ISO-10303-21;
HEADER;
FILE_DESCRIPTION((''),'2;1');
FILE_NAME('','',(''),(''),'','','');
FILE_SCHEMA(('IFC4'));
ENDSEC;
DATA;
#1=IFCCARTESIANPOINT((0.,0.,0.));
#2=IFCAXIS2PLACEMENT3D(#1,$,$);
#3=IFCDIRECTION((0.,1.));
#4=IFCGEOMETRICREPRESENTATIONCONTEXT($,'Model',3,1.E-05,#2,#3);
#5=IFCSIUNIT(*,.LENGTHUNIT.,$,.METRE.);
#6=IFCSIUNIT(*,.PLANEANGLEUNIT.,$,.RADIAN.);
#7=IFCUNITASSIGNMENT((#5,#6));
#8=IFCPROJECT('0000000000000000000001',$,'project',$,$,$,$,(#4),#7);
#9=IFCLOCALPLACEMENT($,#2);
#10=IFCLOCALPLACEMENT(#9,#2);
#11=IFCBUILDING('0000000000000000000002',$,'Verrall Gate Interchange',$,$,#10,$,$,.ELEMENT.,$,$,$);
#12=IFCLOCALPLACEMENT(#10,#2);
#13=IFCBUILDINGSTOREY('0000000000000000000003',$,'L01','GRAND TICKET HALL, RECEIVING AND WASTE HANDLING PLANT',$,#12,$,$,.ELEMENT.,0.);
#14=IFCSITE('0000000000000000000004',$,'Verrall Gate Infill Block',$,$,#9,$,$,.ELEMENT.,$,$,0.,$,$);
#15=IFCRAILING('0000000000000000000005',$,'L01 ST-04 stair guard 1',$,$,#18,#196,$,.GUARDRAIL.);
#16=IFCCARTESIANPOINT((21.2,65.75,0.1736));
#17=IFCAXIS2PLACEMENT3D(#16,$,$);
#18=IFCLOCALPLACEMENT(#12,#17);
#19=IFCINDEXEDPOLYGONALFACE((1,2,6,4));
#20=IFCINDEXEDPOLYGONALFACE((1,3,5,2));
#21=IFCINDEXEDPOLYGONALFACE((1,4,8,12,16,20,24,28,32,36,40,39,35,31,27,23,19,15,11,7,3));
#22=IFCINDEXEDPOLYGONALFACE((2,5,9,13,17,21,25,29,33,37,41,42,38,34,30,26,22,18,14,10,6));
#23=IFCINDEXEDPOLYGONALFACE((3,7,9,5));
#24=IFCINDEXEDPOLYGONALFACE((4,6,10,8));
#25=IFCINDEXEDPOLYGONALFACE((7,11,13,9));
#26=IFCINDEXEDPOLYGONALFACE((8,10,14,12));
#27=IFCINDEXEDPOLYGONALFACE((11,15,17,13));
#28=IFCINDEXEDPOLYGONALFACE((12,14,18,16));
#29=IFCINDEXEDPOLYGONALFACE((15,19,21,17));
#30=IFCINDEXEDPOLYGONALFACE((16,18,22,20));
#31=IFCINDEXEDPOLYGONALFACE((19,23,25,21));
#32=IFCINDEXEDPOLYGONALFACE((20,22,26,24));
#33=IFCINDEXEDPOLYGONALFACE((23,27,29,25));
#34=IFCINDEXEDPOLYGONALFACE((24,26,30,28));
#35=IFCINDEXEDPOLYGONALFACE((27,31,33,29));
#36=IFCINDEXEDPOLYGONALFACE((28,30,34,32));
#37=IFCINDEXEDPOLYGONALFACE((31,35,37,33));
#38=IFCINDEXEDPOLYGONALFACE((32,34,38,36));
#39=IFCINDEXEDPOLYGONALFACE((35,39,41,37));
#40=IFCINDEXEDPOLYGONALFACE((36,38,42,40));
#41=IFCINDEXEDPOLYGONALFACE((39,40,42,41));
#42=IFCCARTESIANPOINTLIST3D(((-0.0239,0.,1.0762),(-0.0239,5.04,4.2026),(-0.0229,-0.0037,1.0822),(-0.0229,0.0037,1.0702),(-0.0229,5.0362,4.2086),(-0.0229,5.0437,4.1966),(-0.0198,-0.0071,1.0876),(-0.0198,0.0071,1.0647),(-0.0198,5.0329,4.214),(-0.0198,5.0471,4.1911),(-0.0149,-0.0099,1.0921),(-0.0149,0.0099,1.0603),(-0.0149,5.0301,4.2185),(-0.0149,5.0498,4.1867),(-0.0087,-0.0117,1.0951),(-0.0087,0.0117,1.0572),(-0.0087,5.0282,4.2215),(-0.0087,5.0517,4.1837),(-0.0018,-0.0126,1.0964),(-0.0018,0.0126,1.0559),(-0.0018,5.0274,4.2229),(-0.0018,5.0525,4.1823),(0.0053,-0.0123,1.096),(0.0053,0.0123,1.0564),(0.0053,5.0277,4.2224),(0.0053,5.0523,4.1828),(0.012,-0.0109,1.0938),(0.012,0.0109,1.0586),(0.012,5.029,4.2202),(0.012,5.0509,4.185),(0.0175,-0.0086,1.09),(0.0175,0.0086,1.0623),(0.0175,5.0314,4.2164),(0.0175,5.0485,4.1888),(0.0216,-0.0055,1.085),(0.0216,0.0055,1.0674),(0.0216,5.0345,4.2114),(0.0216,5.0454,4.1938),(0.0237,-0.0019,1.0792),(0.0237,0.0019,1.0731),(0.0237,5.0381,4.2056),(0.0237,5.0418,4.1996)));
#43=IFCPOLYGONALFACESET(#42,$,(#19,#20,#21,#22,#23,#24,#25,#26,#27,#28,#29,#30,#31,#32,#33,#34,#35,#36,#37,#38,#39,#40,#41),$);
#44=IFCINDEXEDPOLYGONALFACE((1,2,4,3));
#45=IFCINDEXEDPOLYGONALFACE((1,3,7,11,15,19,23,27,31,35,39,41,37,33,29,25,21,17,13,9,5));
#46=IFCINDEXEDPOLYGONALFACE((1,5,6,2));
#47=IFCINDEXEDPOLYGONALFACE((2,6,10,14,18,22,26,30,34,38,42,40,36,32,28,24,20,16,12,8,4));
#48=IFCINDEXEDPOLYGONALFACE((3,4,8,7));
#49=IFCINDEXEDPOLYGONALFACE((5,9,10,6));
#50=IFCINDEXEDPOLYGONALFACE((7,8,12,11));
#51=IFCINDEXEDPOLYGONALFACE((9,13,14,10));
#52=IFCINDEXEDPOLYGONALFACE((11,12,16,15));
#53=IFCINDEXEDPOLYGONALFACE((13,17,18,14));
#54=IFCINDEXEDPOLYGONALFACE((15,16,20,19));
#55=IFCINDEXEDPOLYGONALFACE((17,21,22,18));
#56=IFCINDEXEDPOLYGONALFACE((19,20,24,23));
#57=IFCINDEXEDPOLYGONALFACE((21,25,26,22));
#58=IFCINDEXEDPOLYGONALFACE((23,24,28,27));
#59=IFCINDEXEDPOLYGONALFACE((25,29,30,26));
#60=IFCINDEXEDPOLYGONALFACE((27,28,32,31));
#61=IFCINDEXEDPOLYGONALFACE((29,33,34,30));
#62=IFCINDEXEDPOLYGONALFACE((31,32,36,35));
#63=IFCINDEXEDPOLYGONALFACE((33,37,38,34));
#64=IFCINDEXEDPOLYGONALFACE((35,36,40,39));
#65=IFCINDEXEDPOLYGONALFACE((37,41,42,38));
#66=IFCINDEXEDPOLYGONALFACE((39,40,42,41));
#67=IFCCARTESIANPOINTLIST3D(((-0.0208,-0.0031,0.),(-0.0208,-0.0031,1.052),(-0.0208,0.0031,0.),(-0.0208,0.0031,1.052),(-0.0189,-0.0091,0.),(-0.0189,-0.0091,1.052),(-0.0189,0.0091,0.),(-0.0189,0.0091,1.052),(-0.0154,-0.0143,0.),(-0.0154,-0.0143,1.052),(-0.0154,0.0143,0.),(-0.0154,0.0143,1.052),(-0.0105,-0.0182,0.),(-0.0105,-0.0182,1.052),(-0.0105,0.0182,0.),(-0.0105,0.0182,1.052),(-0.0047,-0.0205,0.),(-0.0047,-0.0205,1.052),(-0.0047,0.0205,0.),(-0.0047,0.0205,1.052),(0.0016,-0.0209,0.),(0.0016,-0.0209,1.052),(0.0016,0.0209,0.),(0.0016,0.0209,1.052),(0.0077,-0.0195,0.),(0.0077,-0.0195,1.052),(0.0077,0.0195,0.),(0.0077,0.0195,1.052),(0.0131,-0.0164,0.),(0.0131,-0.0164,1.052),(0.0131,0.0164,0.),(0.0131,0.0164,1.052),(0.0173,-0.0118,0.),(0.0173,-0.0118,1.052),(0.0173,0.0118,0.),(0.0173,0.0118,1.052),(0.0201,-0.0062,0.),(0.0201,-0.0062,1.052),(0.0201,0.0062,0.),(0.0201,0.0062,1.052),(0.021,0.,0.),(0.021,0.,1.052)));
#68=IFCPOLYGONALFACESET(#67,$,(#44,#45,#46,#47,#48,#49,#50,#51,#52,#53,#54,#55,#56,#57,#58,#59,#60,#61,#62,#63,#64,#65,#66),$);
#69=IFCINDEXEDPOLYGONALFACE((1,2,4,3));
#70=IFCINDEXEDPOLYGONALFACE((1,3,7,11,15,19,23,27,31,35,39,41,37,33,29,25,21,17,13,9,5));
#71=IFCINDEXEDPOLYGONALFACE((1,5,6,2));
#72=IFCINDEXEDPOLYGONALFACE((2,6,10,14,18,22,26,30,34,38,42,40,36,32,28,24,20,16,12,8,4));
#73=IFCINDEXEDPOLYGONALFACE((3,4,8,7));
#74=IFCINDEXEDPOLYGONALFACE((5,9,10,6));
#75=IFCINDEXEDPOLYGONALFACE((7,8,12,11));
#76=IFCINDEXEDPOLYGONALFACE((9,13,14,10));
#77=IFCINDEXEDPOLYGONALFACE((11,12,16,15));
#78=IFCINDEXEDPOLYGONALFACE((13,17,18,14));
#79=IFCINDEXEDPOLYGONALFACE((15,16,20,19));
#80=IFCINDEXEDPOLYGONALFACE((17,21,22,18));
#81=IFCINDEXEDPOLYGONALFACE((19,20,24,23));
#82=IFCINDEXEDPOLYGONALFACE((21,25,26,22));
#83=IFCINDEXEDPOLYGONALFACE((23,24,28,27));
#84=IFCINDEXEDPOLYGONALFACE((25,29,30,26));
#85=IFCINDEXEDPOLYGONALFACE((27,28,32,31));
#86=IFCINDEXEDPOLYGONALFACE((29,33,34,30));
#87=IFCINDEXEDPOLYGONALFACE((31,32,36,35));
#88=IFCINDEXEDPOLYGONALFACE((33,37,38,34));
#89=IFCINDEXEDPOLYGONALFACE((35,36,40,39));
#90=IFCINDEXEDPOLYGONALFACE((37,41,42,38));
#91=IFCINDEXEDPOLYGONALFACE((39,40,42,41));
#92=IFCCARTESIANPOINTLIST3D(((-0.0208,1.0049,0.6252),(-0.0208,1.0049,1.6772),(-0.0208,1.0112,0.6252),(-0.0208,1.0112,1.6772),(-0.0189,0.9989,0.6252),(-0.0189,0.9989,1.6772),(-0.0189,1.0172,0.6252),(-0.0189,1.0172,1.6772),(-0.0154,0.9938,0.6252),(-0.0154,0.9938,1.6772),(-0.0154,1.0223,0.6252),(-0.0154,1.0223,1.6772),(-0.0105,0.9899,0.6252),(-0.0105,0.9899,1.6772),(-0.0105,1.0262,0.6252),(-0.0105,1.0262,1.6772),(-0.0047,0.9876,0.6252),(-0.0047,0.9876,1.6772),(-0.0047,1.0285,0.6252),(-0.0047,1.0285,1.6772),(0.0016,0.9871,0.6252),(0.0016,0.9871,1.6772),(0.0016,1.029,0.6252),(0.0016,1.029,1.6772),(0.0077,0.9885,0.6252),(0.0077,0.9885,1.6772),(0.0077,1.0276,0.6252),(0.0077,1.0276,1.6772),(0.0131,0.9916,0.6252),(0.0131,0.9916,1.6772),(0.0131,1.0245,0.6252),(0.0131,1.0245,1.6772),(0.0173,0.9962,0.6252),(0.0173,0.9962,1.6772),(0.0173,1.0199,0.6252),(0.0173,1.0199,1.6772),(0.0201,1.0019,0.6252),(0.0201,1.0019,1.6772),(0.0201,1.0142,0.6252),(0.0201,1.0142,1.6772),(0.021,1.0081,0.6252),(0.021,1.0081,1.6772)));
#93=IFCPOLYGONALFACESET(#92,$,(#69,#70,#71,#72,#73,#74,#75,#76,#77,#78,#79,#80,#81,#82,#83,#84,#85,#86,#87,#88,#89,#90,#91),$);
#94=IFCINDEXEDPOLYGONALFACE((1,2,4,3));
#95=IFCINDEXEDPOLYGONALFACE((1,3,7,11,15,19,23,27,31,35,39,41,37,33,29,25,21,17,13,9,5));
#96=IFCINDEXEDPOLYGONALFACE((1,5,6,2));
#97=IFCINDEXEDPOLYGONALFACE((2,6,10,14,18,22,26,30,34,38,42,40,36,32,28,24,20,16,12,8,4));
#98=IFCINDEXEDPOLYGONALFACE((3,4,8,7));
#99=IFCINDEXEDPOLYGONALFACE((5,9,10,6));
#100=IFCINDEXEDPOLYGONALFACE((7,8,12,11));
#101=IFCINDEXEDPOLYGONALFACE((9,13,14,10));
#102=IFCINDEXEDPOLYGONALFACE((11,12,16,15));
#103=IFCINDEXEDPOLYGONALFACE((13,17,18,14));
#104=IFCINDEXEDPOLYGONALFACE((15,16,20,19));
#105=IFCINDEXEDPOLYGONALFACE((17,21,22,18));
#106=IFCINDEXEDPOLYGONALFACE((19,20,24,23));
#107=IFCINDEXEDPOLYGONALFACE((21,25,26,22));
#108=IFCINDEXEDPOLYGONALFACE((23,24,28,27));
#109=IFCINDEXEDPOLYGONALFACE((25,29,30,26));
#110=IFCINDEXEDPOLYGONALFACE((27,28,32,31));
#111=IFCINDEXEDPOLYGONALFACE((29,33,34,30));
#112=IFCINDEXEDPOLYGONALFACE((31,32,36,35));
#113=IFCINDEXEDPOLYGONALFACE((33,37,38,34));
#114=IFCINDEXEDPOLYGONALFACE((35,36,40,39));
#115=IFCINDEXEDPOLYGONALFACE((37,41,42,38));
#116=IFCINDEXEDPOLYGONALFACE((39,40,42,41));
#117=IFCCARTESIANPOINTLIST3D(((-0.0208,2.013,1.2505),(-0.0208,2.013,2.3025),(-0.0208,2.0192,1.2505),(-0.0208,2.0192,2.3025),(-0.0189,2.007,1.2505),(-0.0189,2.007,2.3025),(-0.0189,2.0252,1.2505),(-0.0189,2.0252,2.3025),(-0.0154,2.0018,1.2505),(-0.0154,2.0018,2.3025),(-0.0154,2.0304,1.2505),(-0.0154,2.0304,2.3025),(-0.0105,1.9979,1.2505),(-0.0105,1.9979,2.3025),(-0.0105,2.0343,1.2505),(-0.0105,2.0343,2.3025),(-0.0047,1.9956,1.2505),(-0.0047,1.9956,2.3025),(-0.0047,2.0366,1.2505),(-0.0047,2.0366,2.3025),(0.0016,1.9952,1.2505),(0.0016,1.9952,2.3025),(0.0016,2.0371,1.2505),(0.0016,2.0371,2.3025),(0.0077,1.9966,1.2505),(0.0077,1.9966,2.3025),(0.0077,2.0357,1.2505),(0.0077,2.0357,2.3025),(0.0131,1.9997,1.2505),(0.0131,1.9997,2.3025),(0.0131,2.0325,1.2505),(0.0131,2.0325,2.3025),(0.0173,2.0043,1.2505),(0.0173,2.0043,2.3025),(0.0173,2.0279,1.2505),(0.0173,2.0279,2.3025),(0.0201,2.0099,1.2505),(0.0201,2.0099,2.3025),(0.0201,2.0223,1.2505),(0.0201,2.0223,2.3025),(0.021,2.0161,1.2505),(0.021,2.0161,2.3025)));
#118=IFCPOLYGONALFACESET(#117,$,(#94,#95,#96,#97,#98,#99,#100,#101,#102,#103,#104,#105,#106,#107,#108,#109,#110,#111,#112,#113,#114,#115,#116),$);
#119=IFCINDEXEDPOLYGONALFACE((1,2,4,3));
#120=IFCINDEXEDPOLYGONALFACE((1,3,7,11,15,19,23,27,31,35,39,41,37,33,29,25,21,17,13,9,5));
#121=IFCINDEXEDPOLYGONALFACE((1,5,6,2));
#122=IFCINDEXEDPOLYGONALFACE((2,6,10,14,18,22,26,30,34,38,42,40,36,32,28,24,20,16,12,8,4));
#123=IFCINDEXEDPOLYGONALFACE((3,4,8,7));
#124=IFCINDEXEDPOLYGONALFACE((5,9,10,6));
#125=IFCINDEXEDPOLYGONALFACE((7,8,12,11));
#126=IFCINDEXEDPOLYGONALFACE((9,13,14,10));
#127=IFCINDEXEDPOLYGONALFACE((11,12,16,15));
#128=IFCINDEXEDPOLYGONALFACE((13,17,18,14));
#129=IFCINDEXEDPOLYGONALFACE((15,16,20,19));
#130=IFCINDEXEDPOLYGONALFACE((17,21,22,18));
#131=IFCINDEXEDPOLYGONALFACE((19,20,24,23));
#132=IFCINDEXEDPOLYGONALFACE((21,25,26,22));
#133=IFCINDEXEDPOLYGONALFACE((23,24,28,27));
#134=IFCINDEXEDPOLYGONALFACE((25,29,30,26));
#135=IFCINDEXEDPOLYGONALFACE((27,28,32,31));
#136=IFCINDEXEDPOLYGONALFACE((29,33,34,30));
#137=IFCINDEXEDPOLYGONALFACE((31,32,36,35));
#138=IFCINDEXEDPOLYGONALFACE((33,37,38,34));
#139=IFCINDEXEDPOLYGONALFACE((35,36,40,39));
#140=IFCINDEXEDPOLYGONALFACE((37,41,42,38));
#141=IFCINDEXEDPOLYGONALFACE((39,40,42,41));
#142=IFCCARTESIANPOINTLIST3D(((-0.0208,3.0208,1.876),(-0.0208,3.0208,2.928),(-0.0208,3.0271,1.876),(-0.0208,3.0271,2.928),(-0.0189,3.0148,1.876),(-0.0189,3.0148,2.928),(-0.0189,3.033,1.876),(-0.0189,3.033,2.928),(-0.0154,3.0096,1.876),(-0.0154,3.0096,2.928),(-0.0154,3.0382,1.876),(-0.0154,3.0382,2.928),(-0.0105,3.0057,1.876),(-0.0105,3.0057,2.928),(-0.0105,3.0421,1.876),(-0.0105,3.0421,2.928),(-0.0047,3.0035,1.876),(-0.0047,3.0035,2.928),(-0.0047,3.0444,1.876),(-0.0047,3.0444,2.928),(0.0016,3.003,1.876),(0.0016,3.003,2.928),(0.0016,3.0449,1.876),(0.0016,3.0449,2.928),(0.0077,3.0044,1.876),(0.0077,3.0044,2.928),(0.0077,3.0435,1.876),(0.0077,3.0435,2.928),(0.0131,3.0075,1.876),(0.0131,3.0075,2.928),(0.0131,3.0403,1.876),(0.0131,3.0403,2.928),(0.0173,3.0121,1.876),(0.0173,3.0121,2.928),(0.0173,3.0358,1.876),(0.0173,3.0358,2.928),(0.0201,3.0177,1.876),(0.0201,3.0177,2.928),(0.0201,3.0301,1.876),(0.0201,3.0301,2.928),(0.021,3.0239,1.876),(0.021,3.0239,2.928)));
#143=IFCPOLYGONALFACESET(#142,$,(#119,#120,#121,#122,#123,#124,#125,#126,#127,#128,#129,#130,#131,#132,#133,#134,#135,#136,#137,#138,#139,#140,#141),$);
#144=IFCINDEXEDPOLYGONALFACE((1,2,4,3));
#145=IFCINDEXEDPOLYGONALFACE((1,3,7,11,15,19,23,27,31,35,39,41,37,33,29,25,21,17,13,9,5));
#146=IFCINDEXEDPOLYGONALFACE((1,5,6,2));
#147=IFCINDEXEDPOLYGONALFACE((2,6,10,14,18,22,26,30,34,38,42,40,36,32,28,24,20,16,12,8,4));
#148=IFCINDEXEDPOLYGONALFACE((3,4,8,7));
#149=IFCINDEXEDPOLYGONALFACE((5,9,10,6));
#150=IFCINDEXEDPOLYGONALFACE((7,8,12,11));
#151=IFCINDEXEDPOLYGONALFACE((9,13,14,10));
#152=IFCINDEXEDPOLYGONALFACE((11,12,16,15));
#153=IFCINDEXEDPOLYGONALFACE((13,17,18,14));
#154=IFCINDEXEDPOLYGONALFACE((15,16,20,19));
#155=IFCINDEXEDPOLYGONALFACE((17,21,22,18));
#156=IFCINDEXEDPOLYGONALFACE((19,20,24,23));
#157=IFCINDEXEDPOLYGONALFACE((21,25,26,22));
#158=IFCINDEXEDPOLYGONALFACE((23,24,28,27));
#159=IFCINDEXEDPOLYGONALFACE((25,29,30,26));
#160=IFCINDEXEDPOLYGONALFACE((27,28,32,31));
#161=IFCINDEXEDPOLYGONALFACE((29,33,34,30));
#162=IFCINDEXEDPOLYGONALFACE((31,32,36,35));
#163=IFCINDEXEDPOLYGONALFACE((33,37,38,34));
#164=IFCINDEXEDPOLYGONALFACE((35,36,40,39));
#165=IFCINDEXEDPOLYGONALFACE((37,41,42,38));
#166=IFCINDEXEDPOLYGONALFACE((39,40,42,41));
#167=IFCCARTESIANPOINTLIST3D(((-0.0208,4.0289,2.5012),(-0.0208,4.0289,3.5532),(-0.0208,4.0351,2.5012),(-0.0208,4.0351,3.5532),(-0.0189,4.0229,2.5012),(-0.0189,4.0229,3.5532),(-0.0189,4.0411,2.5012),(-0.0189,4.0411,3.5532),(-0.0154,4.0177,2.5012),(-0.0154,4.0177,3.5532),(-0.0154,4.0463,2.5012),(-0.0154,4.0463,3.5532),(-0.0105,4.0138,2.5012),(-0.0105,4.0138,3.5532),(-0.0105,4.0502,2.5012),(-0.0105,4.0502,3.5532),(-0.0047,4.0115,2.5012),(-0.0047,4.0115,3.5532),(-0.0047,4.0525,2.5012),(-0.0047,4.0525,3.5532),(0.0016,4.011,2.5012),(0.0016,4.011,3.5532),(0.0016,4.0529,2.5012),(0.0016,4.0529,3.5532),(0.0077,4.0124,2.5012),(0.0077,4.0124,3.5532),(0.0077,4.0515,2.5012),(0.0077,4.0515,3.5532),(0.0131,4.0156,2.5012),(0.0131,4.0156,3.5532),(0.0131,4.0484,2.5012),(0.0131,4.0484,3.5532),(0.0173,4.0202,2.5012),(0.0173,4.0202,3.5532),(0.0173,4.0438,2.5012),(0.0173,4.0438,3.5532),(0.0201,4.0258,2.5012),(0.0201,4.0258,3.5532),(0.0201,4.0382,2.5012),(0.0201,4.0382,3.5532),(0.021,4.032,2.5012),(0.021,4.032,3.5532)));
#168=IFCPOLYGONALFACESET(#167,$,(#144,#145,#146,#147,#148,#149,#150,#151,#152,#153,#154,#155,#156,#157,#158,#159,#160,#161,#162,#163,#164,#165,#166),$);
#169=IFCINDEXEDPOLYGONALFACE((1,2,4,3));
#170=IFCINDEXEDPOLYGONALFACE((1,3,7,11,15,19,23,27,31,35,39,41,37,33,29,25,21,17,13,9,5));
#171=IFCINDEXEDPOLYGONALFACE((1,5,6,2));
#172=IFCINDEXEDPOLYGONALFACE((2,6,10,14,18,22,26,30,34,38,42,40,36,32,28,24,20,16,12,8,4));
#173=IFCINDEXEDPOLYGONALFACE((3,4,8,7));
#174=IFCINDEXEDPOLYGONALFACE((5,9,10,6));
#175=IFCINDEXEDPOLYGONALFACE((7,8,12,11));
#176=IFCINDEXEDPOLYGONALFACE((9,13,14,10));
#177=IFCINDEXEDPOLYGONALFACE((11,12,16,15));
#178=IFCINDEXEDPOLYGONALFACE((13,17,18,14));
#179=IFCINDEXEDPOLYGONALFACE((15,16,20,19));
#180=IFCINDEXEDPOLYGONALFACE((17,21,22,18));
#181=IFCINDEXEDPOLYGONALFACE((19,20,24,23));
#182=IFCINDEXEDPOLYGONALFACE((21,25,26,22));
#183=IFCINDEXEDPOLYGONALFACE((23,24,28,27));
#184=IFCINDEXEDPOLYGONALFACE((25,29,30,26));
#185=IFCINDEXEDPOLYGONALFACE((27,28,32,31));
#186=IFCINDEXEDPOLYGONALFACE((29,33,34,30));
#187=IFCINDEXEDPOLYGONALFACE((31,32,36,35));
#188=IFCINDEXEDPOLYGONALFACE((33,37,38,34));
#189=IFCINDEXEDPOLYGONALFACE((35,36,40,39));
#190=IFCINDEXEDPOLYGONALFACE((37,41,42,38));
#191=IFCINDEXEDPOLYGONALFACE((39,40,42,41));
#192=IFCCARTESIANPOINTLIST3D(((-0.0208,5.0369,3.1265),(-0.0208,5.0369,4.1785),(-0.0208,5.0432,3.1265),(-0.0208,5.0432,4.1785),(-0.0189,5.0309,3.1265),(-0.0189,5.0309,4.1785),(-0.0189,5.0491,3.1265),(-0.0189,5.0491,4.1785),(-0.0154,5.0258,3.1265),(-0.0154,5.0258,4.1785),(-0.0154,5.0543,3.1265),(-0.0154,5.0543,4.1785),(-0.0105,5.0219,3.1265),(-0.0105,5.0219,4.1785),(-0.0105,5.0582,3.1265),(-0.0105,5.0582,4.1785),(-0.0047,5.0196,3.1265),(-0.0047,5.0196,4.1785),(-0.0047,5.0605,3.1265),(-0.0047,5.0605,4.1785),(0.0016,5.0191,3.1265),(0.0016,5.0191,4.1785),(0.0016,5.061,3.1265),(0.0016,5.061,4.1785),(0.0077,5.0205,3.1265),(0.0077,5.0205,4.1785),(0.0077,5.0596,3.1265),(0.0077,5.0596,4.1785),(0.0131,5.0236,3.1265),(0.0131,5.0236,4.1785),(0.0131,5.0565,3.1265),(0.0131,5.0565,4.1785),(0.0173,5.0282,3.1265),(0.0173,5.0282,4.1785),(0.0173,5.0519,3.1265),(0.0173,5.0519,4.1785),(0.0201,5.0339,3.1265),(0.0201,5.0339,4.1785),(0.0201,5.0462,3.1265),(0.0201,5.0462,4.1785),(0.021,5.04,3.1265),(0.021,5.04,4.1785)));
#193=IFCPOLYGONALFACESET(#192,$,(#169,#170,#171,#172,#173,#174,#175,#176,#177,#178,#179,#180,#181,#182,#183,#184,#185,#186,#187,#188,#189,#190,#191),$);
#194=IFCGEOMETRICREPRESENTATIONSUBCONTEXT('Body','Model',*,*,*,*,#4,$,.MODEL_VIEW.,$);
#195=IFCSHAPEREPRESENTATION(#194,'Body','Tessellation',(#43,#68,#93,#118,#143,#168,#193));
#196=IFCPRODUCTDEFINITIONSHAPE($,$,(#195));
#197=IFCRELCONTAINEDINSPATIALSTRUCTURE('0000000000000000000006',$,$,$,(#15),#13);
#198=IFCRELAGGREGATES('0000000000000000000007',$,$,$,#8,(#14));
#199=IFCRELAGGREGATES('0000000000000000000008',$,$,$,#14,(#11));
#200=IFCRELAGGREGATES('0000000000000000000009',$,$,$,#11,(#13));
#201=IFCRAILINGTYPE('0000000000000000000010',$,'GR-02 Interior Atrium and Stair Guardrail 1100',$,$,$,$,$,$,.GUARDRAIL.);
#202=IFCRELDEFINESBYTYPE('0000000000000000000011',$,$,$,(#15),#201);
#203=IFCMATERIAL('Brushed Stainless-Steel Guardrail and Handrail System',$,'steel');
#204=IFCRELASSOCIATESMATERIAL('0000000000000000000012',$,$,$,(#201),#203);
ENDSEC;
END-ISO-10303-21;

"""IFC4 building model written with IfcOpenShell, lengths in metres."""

from ifc_helpers import new_model, si_unit, direction, frame, origin, origin_2d, place, context, subcontext, project, spatial, circle, extrude, material, type_object, element, save


model = new_model("IFC4")

# Units and contexts
model_context = context("Model", 3, precision=1e-05, world=origin(), true_north=direction((0.0, 1.0)))
body_context = subcontext(model_context, "Body", "Model", "MODEL_VIEW")
ifc_project = project(units=[si_unit("LENGTHUNIT", "METRE"), si_unit("PLANEANGLEUNIT", "RADIAN")], contexts=[model_context])

# Site, building, storey
site_placement = place(None, origin())
site = spatial("IfcSite", under=ifc_project, at=site_placement, Name="Verrall Gate Infill Block", CompositionType="ELEMENT", RefElevation=0.0)
building_placement = place(site_placement, origin())
building = spatial("IfcBuilding", under=site, at=building_placement, Name="Verrall Gate Interchange", CompositionType="ELEMENT")
storey_placement = place(building_placement, origin())
storey = spatial("IfcBuildingStorey", under=building, at=storey_placement, Name="L01", Description="GRAND TICKET HALL, RECEIVING AND WASTE HANDLING PLANT", CompositionType="ELEMENT", Elevation=0.0)

# Railing
ifc_material_1 = material(Name="Brushed Stainless-Steel Guardrail and Handrail System", Category="steel")
railing_type_1 = type_object("IfcRailingType", Name="GR-02 Interior Atrium and Stair Guardrail 1100", PredefinedType="GUARDRAIL", material=ifc_material_1)
railing_1_placement = place(storey_placement, frame((21.2, 65.75, 0.1736)))
element("IfcRailing", 1, at=railing_1_placement, inside=storey, type_object=railing_type_1, Name="L01 ST-04 stair guard 1", PredefinedType="GUARDRAIL", context=body_context, shape_type="SweptSolid", body=[
    extrude(circle(Radius=0.0239, at=origin_2d()), frame((0.0, 0.0, 1.0762), z_axis=(0.0, 0.849779, 0.527139), x_axis=(-1.0, 0.0, 0.0)), (0.0, 0.0, 1.0), 5.9309),
    extrude(circle(Radius=0.021, at=origin_2d()), origin(), (0.0, 0.0, 1.0), 1.052),
    extrude(circle(Radius=0.021, at=origin_2d()), frame((0.0, 1.0081, 0.6252)), (0.0, 0.0, 1.0), 1.052),
    extrude(circle(Radius=0.021, at=origin_2d()), frame((0.0, 2.0161, 1.2505)), (0.0, 0.0, 1.0), 1.052),
    extrude(circle(Radius=0.021, at=origin_2d()), frame((0.0, 3.0239, 1.876)), (0.0, 0.0, 1.0), 1.052),
    extrude(circle(Radius=0.021, at=origin_2d()), frame((0.0, 4.032, 2.5012)), (0.0, 0.0, 1.0), 1.052),
    extrude(circle(Radius=0.021, at=origin_2d()), frame((0.0, 5.04, 3.1265)), (0.0, 0.0, 1.0), 1.052),
])

save(model, "model.ifc")
